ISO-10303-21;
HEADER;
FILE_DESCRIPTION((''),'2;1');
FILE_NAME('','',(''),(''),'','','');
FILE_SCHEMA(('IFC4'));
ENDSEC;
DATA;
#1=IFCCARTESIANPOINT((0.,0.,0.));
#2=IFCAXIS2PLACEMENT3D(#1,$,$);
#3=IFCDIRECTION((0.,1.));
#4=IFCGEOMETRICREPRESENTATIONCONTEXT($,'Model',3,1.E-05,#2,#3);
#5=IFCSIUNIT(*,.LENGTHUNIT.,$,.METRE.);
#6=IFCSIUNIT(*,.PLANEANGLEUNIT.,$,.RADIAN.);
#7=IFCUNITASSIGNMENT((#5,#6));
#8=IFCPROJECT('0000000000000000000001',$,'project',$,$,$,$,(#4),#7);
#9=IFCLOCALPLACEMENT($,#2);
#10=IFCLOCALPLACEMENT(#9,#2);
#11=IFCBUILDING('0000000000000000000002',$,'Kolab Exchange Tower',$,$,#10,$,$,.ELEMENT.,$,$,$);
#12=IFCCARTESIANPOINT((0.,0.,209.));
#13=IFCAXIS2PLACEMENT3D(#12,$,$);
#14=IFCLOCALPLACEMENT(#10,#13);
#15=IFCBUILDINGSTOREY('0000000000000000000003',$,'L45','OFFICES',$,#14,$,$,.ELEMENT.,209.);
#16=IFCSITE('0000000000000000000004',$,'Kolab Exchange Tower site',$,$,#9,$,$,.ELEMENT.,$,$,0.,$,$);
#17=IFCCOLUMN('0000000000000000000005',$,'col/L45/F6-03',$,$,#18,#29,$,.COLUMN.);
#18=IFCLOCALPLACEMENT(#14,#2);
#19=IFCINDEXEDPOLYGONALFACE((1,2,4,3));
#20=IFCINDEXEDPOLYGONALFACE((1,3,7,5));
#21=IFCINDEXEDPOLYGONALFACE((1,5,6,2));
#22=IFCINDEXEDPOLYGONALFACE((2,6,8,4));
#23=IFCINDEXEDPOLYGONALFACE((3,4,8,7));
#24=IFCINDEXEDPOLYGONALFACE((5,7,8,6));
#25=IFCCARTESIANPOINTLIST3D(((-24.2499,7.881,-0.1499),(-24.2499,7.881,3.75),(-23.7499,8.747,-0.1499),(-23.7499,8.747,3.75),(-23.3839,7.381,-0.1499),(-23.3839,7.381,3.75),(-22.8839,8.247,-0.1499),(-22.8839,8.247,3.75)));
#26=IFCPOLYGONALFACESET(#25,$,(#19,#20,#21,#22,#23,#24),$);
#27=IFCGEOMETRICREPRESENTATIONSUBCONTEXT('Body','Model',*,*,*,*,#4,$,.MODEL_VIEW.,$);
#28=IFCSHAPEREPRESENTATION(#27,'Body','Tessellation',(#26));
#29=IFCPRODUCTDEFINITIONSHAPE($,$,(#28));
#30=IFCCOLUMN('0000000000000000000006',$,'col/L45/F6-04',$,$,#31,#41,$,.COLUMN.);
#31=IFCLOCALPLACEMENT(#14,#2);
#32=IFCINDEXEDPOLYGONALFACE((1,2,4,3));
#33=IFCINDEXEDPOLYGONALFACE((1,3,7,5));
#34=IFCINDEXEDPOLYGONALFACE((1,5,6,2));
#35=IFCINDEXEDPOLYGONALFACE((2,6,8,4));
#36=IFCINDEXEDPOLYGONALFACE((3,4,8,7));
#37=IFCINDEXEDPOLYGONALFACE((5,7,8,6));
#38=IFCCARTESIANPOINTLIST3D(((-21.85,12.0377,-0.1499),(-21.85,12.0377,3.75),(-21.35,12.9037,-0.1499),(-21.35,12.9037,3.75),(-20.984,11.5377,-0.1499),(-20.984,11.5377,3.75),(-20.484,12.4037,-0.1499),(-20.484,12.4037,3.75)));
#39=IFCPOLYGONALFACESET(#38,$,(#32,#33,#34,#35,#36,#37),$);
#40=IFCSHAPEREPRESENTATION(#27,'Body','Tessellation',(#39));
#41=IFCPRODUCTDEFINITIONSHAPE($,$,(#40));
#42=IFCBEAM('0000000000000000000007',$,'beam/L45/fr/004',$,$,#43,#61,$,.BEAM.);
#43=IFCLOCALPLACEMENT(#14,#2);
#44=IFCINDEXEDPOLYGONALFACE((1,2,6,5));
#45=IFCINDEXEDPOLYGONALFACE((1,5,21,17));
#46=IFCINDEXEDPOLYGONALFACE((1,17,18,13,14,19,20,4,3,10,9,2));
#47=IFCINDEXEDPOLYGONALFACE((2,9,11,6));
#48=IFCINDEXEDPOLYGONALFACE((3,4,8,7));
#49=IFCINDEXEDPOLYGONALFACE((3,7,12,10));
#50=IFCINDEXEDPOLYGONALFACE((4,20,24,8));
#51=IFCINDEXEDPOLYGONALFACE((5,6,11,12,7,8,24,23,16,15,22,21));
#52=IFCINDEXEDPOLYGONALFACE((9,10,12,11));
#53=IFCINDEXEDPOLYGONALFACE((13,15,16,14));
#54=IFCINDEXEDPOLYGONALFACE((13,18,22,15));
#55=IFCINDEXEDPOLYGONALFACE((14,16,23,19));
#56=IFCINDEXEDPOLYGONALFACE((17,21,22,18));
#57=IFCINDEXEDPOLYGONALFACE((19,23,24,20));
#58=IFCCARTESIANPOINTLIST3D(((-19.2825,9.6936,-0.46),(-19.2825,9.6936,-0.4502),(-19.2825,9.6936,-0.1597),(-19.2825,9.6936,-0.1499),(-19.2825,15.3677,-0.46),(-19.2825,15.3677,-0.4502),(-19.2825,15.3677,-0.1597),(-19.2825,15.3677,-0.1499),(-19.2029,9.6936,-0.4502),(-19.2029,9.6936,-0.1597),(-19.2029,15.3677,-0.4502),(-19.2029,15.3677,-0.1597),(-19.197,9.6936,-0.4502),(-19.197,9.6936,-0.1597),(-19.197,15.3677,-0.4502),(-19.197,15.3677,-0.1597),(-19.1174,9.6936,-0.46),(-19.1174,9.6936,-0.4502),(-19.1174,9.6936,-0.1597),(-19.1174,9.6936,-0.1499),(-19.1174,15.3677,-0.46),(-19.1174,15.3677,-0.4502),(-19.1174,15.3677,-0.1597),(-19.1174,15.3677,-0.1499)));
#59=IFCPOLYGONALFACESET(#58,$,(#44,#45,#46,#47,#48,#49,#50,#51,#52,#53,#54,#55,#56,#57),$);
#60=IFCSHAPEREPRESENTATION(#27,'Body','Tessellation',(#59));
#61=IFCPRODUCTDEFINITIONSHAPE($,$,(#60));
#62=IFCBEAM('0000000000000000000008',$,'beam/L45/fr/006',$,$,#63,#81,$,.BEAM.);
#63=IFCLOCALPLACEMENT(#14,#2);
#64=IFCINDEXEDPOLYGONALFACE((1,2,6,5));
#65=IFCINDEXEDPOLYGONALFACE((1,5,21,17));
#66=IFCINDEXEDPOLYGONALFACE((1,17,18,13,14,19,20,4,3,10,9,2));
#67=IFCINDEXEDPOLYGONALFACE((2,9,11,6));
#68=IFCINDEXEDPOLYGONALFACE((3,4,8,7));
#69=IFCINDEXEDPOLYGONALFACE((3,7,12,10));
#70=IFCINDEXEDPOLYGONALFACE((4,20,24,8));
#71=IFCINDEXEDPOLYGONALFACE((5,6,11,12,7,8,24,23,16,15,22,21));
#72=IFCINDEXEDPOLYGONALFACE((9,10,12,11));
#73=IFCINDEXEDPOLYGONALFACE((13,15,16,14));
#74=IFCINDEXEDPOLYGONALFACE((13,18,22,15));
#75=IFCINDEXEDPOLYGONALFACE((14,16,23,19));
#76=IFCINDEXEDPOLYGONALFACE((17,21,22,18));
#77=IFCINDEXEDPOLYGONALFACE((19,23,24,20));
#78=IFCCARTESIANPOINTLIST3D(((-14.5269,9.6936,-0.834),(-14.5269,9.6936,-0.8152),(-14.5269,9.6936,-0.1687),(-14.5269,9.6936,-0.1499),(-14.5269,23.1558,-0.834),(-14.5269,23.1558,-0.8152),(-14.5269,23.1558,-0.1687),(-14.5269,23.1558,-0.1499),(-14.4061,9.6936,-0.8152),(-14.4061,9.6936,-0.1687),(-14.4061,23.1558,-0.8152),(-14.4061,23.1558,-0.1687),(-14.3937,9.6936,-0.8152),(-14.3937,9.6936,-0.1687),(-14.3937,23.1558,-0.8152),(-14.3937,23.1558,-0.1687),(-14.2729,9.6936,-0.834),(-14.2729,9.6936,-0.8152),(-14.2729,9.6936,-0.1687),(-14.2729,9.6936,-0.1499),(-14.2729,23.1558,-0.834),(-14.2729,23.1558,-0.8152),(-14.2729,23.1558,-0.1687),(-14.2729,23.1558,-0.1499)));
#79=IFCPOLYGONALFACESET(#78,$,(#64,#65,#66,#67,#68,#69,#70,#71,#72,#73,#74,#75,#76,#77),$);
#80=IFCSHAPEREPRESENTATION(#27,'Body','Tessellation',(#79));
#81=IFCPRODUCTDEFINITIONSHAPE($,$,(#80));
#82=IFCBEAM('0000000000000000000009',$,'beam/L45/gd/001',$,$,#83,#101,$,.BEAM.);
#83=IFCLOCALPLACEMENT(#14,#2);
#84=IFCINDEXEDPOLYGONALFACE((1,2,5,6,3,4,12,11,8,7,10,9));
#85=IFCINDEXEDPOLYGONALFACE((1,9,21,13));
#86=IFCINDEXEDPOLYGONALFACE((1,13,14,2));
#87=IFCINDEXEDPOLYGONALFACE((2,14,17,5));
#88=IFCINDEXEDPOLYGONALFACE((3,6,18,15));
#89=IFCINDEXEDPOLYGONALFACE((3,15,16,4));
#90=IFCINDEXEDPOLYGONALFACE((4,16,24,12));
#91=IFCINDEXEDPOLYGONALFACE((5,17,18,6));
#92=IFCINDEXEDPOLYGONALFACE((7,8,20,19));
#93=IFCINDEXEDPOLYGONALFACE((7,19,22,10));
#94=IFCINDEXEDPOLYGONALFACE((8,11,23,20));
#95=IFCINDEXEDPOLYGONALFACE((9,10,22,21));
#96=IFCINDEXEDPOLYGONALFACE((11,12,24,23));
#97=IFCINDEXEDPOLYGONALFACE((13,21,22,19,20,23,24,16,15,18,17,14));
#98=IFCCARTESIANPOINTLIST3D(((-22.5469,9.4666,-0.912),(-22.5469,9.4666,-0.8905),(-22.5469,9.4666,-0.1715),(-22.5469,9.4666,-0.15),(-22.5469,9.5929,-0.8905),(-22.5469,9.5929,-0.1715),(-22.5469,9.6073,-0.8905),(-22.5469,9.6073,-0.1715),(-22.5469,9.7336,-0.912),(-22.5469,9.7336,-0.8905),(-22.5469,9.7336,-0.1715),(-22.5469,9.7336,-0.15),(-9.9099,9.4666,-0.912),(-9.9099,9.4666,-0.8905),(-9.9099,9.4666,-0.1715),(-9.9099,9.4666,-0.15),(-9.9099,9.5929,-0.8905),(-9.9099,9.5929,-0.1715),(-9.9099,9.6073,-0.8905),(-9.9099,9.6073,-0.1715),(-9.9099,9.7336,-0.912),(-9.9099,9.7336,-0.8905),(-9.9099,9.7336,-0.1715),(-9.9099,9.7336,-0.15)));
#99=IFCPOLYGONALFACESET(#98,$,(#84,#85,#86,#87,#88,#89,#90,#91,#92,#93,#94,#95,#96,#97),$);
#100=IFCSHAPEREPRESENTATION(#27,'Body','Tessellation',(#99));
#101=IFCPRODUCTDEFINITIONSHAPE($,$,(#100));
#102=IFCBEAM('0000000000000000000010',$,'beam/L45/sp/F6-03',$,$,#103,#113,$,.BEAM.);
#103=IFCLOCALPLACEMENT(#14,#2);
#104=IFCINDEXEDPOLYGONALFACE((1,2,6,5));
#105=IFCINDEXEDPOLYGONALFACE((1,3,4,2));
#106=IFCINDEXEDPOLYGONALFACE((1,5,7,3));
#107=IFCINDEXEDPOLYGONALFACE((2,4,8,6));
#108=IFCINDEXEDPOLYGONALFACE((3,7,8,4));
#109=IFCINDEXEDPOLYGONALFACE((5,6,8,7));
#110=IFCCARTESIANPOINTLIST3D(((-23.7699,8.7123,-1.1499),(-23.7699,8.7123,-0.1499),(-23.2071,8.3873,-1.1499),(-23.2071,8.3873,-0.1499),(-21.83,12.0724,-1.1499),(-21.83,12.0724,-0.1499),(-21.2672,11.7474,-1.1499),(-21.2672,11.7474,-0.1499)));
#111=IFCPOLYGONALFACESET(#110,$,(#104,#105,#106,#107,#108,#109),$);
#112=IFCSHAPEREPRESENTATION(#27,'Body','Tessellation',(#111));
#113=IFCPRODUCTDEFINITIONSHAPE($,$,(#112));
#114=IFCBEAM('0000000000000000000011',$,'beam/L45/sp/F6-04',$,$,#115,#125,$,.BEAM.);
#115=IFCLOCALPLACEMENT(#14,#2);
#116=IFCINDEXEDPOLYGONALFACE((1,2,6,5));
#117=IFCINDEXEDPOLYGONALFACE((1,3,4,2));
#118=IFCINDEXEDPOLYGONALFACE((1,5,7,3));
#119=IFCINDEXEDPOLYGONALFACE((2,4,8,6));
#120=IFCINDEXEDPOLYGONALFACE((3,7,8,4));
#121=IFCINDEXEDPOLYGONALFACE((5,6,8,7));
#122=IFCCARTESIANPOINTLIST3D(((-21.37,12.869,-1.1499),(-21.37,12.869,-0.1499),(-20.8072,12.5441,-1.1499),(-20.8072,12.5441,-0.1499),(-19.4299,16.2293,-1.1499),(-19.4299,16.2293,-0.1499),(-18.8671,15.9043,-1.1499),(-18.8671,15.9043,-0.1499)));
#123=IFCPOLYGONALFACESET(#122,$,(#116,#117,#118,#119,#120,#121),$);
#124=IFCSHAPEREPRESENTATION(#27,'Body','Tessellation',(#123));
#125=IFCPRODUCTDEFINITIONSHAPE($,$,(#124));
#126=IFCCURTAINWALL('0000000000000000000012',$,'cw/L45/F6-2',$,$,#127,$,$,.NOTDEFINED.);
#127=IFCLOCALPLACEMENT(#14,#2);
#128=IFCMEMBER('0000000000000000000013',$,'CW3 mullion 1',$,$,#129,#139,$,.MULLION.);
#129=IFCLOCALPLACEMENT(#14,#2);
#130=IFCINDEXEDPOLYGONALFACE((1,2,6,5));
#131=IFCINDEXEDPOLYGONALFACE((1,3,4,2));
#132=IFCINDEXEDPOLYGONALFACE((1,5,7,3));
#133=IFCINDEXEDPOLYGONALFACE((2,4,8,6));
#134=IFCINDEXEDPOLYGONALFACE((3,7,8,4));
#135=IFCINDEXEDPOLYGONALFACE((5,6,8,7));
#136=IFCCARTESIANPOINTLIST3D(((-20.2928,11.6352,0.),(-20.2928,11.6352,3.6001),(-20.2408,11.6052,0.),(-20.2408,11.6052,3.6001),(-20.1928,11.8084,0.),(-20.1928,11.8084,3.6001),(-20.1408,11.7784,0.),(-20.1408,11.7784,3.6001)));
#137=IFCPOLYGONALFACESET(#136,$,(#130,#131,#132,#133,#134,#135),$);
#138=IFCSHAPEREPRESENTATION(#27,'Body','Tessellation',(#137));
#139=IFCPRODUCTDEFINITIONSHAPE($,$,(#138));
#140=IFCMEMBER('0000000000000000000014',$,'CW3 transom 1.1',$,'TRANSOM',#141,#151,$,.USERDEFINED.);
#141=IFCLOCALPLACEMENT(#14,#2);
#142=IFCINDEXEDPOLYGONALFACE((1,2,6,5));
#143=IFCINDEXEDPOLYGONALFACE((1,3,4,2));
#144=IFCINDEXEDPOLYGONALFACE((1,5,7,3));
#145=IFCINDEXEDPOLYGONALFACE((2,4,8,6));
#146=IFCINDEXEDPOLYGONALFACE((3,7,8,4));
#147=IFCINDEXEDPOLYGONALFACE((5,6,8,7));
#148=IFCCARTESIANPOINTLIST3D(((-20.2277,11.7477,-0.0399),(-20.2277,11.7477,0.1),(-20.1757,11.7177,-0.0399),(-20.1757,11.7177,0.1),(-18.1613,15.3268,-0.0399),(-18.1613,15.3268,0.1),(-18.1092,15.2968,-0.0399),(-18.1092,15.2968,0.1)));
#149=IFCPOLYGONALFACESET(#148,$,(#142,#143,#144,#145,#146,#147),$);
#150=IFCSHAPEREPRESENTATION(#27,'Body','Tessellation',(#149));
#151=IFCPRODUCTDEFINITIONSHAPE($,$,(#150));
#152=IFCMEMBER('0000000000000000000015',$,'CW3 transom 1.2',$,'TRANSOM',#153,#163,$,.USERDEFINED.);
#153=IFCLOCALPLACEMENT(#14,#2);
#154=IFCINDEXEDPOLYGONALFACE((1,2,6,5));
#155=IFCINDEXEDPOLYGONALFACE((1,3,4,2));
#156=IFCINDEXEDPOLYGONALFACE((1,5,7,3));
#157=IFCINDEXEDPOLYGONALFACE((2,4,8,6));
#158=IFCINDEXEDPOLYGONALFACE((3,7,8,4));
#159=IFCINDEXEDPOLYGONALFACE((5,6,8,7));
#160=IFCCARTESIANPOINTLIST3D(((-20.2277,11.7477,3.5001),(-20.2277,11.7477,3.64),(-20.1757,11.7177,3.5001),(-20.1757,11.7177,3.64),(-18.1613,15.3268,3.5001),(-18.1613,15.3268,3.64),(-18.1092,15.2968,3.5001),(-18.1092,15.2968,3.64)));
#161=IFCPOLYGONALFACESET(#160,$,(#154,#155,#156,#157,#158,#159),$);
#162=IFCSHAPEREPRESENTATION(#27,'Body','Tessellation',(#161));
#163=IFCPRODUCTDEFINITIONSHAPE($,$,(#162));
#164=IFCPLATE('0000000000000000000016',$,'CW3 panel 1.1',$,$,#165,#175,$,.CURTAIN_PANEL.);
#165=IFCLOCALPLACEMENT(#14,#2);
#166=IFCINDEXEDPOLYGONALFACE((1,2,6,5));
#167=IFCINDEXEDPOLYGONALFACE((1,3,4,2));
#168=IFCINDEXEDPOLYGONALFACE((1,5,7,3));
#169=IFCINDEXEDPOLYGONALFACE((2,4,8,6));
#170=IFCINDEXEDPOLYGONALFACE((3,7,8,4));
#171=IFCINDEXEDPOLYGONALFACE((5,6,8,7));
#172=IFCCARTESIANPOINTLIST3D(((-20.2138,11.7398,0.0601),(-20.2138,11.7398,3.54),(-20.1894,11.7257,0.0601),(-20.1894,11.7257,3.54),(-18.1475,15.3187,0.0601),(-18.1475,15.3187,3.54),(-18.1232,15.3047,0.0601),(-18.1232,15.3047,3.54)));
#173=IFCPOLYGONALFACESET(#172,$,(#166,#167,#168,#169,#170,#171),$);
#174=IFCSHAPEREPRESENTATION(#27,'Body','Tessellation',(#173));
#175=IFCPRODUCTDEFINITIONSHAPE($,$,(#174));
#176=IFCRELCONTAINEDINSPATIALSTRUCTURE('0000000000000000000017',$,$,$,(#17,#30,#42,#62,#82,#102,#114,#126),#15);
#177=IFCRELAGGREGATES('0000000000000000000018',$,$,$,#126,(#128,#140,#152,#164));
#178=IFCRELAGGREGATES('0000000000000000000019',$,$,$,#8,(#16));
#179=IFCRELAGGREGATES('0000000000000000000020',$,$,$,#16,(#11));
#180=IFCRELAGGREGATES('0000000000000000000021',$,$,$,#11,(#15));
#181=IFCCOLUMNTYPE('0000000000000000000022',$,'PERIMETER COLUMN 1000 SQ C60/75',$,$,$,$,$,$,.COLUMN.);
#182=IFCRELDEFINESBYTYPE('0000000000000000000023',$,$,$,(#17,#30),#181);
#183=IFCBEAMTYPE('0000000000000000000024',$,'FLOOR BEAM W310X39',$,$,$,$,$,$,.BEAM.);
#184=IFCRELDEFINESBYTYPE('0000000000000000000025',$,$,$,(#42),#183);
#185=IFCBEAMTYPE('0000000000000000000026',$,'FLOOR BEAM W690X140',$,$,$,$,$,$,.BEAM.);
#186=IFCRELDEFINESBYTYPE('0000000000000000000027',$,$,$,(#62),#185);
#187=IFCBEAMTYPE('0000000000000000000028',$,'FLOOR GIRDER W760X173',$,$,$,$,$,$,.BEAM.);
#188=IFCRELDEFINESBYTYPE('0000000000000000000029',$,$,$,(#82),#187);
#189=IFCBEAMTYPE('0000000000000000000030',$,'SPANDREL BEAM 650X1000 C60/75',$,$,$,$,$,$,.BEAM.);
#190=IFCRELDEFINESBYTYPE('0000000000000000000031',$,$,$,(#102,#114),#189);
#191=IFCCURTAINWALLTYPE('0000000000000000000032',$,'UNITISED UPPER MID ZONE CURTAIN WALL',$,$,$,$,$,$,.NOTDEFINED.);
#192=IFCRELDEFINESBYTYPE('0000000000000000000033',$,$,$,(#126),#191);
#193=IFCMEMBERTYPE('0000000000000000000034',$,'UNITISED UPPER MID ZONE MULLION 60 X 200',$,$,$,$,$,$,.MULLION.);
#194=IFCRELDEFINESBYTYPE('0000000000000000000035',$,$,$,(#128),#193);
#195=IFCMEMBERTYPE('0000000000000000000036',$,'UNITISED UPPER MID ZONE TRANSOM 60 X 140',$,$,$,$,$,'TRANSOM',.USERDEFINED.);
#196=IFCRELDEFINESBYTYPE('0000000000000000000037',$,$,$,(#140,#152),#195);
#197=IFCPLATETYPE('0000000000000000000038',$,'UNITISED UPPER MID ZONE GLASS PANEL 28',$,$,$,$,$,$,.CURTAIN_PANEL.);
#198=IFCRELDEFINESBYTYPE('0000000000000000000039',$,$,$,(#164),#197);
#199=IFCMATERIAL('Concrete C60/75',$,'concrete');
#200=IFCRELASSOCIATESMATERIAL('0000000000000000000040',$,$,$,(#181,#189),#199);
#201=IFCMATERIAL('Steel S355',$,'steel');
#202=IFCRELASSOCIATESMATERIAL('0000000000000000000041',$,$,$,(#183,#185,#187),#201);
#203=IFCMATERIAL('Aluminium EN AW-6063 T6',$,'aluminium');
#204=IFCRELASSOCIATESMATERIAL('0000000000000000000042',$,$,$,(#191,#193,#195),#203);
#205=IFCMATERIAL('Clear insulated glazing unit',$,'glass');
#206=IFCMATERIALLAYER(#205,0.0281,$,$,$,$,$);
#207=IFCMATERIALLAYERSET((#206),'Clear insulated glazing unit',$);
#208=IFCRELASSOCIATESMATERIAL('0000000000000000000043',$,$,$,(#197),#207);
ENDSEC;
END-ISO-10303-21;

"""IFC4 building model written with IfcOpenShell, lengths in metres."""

from ifc_helpers import new_model, si_unit, direction, frame, origin, origin_2d, place, context, subcontext, project, spatial, rectangle, i_section, extrude, material, layer, layer_set, material_profile, profile_set, type_object, element, aggregate, save


model = new_model("IFC4")

# Units and contexts
model_context = context("Model", 3, precision=1e-05, world=origin(), true_north=direction((0.0, 1.0)))
body_context = subcontext(model_context, "Body", "Model", "MODEL_VIEW")
ifc_project = project(units=[si_unit("LENGTHUNIT", "METRE"), si_unit("PLANEANGLEUNIT", "RADIAN")], contexts=[model_context])

# Site, building, storey
site_placement = place(None, origin())
site = spatial("IfcSite", under=ifc_project, at=site_placement, Name="Kolab Exchange Tower site", CompositionType="ELEMENT", RefElevation=0.0)
building_placement = place(site_placement, origin())
building = spatial("IfcBuilding", under=site, at=building_placement, Name="Kolab Exchange Tower", CompositionType="ELEMENT")
storey_placement = place(building_placement, frame((0.0, 0.0, 209.0)))
storey = spatial("IfcBuildingStorey", under=building, at=storey_placement, Name="L45", Description="OFFICES", CompositionType="ELEMENT", Elevation=209.0)

# Columns
ifc_material_1 = material(Name="Concrete C60/75", Category="concrete")
ifc_material_profile_1 = material_profile(ifc_material_1, rectangle(XDim=1.0, YDim=1.0, at=origin_2d()), Name="RC1000")
ifc_profile_set_1 = profile_set([ifc_material_profile_1], Name="Concrete C60/75")
column_type = type_object("IfcColumnType", Name="PERIMETER COLUMN 1000 SQ C60/75", PredefinedType="COLUMN", material=ifc_profile_set_1)
for number, where, z_axis, x_axis, name in (
    (1, (-23.5669, 8.064, -0.1499), (0.0, 0.0, 1.0), (0.5, 0.866025, 0.0), "col/L45/F6-03"),
    (2, (-21.167, 12.2207, -0.1499), (0.0, 0.0, 1.0), (0.5, 0.866025, 0.0), "col/L45/F6-04"),
):
    element("IfcColumn", number, at=place(storey_placement, frame(where, z_axis=z_axis, x_axis=x_axis)), inside=storey, type_object=column_type, Name=name, PredefinedType="COLUMN", context=body_context, shape_type="SweptSolid", body=[
        extrude(rectangle(XDim=1.0, YDim=1.0, at=origin_2d()), origin(), (0.0, 0.0, 1.0), 3.8999),
    ])

# Beams
ifc_material_2 = material(Name="Steel S355", Category="steel")
ifc_material_profile_2 = material_profile(ifc_material_2, i_section(OverallWidth=0.165, OverallDepth=0.3101, WebThickness=0.0059, FlangeThickness=0.0098, at=origin_2d()), Name="W310X39")
ifc_profile_set_2 = profile_set([ifc_material_profile_2], Name="Steel S355")
beam_type_1 = type_object("IfcBeamType", Name="FLOOR BEAM W310X39", PredefinedType="BEAM", material=ifc_profile_set_2)
beam_1_placement = place(storey_placement, frame((-19.2, 9.6936, -0.3049), z_axis=(0.0, 1.0, 0.0), x_axis=(-1.0, 0.0, 0.0)))
element("IfcBeam", 3, at=beam_1_placement, inside=storey, type_object=beam_type_1, Name="beam/L45/fr/004", PredefinedType="BEAM", context=body_context, shape_type="SweptSolid", body=[
    extrude(i_section(OverallWidth=0.165, OverallDepth=0.3101, WebThickness=0.0059, FlangeThickness=0.0098, at=origin_2d()), origin(), (0.0, 0.0, 1.0), 5.6741),
])
ifc_material_profile_3 = material_profile(ifc_material_2, i_section(OverallWidth=0.2539, OverallDepth=0.6841, WebThickness=0.0125, FlangeThickness=0.0188, at=origin_2d()), Name="W690X140")
ifc_profile_set_3 = profile_set([ifc_material_profile_3], Name="Steel S355")
beam_type_2 = type_object("IfcBeamType", Name="FLOOR BEAM W690X140", PredefinedType="BEAM", material=ifc_profile_set_3)
beam_2_placement = place(storey_placement, frame((-14.3999, 9.6936, -0.4919), z_axis=(0.0, 1.0, 0.0), x_axis=(-1.0, 0.0, 0.0)))
element("IfcBeam", 4, at=beam_2_placement, inside=storey, type_object=beam_type_2, Name="beam/L45/fr/006", PredefinedType="BEAM", context=body_context, shape_type="SweptSolid", body=[
    extrude(i_section(OverallWidth=0.2539, OverallDepth=0.6841, WebThickness=0.0125, FlangeThickness=0.0188, at=origin_2d()), origin(), (0.0, 0.0, 1.0), 13.4622),
])
ifc_material_profile_4 = material_profile(ifc_material_2, i_section(OverallWidth=0.2671, OverallDepth=0.762, WebThickness=0.0144, FlangeThickness=0.0215, at=origin_2d()), Name="W760X173")
ifc_profile_set_4 = profile_set([ifc_material_profile_4], Name="Steel S355")
beam_type_3 = type_object("IfcBeamType", Name="FLOOR GIRDER W760X173", PredefinedType="BEAM", material=ifc_profile_set_4)
beam_3_placement = place(storey_placement, frame((-22.5469, 9.6001, -0.531), z_axis=(1.0, 0.0, 0.0), x_axis=(0.0, 1.0, 0.0)))
element("IfcBeam", 5, at=beam_3_placement, inside=storey, type_object=beam_type_3, Name="beam/L45/gd/001", PredefinedType="BEAM", context=body_context, shape_type="SweptSolid", body=[
    extrude(i_section(OverallWidth=0.2671, OverallDepth=0.762, WebThickness=0.0144, FlangeThickness=0.0215, at=origin_2d()), origin(), (0.0, 0.0, 1.0), 12.637),
])
ifc_material_profile_5 = material_profile(ifc_material_1, rectangle(XDim=0.6499, YDim=1.0, at=origin_2d()), Name="RC650X1000")
ifc_profile_set_5 = profile_set([ifc_material_profile_5], Name="Concrete C60/75")
beam_type_4 = type_object("IfcBeamType", Name="SPANDREL BEAM 650X1000 C60/75", PredefinedType="BEAM", material=ifc_profile_set_5)
beam_4_placement = place(storey_placement, frame((-23.4885, 8.5498, -0.6499), z_axis=(0.499997, 0.866027, 0.0), x_axis=(-0.866027, 0.499997, 0.0)))
element("IfcBeam", 6, at=beam_4_placement, inside=storey, type_object=beam_type_4, Name="beam/L45/sp/F6-03", PredefinedType="BEAM", context=body_context, shape_type="SweptSolid", body=[
    extrude(rectangle(XDim=0.6499, YDim=1.0, at=origin_2d()), origin(), (0.0, 0.0, 1.0), 3.8799),
])
beam_5_placement = place(storey_placement, frame((-21.0886, 12.7065, -0.6499), z_axis=(0.500017, 0.866016, 0.0), x_axis=(-0.866016, 0.500017, 0.0)))
element("IfcBeam", 7, at=beam_5_placement, inside=storey, type_object=beam_type_4, Name="beam/L45/sp/F6-04", PredefinedType="BEAM", context=body_context, shape_type="SweptSolid", body=[
    extrude(rectangle(XDim=0.6499, YDim=1.0, at=origin_2d()), origin(), (0.0, 0.0, 1.0), 3.8801),
])

# Curtain wall, members, plate
ifc_material_3 = material(Name="Aluminium EN AW-6063 T6", Category="aluminium")
curtain_wall_type = type_object("IfcCurtainWallType", Name="UNITISED UPPER MID ZONE CURTAIN WALL", PredefinedType="NOTDEFINED", material=ifc_material_3)
curtain_wall_placement = place(storey_placement, origin())
curtain_wall = element("IfcCurtainWall", 8, at=curtain_wall_placement, inside=storey, type_object=curtain_wall_type, Name="cw/L45/F6-2", PredefinedType="NOTDEFINED")
ifc_material_profile_6 = material_profile(ifc_material_3, rectangle(XDim=0.0601, YDim=0.2, at=origin_2d()), Name="RECT 60X200")
ifc_profile_set_6 = profile_set([ifc_material_profile_6], Name="Aluminium EN AW-6063 T6")
member_type_1 = type_object("IfcMemberType", Name="UNITISED UPPER MID ZONE MULLION 60 X 200", PredefinedType="MULLION", material=ifc_profile_set_6)
member_1_placement = place(storey_placement, frame((-20.2168, 11.7068, 0.0), z_axis=(0.0, 0.0, 1.0), x_axis=(-0.866025, 0.5, 0.0)))
member_1 = element("IfcMember", 9, at=member_1_placement, type_object=member_type_1, Name="CW3 mullion 1", PredefinedType="MULLION", context=body_context, shape_type="SweptSolid", body=[
    extrude(rectangle(XDim=0.0601, YDim=0.2, at=origin_2d()), origin(), (0.0, 0.0, 1.0), 3.6001),
])
ifc_material_profile_7 = material_profile(ifc_material_3, rectangle(XDim=0.0601, YDim=0.1399, at=origin_2d()), Name="RECT 60X140")
ifc_profile_set_7 = profile_set([ifc_material_profile_7], Name="Aluminium EN AW-6063 T6")
member_type_2 = type_object("IfcMemberType", Name="UNITISED UPPER MID ZONE TRANSOM 60 X 140", ElementType="TRANSOM", PredefinedType="USERDEFINED", material=ifc_profile_set_7)
member_2_placement = place(storey_placement, frame((-20.2017, 11.7327, 0.03), z_axis=(0.500002, 0.866024, 0.0), x_axis=(-0.866024, 0.500002, 0.0)))
member_2 = element("IfcMember", 10, at=member_2_placement, type_object=member_type_2, Name="CW3 transom 1.1", ObjectType="TRANSOM", PredefinedType="USERDEFINED", context=body_context, shape_type="SweptSolid", body=[
    extrude(rectangle(XDim=0.0601, YDim=0.1399, at=origin_2d()), origin(), (0.0, 0.0, 1.0), 4.1328),
])
member_3_placement = place(storey_placement, frame((-20.2017, 11.7327, 3.5701), z_axis=(0.500002, 0.866024, 0.0), x_axis=(-0.866024, 0.500002, 0.0)))
member_3 = element("IfcMember", 11, at=member_3_placement, type_object=member_type_2, Name="CW3 transom 1.2", ObjectType="TRANSOM", PredefinedType="USERDEFINED", context=body_context, shape_type="SweptSolid", body=[
    extrude(rectangle(XDim=0.0601, YDim=0.1399, at=origin_2d()), origin(), (0.0, 0.0, 1.0), 4.1328),
])
ifc_material_4 = material(Name="Clear insulated glazing unit", Category="glass")
ifc_layer_1 = layer(ifc_material_4, 0.0281)
ifc_layer_set_1 = layer_set([ifc_layer_1], Name="Clear insulated glazing unit")
plate_type = type_object("IfcPlateType", Name="UNITISED UPPER MID ZONE GLASS PANEL 28", PredefinedType="CURTAIN_PANEL", material=ifc_layer_set_1)
plate_placement = place(storey_placement, frame((-19.1685, 13.5222, 0.0601), z_axis=(0.0, 0.0, 1.0), x_axis=(0.5, 0.866025, 0.0)))
plate = element("IfcPlate", 12, at=plate_placement, type_object=plate_type, Name="CW3 panel 1.1", PredefinedType="CURTAIN_PANEL", context=body_context, shape_type="SweptSolid", body=[
    extrude(rectangle(XDim=4.1326, YDim=0.0281, at=origin_2d()), origin(), (0.0, 0.0, 1.0), 3.48),
])
aggregate(curtain_wall, [member_1, member_2, member_3, plate])

save(model, "model.ifc")
